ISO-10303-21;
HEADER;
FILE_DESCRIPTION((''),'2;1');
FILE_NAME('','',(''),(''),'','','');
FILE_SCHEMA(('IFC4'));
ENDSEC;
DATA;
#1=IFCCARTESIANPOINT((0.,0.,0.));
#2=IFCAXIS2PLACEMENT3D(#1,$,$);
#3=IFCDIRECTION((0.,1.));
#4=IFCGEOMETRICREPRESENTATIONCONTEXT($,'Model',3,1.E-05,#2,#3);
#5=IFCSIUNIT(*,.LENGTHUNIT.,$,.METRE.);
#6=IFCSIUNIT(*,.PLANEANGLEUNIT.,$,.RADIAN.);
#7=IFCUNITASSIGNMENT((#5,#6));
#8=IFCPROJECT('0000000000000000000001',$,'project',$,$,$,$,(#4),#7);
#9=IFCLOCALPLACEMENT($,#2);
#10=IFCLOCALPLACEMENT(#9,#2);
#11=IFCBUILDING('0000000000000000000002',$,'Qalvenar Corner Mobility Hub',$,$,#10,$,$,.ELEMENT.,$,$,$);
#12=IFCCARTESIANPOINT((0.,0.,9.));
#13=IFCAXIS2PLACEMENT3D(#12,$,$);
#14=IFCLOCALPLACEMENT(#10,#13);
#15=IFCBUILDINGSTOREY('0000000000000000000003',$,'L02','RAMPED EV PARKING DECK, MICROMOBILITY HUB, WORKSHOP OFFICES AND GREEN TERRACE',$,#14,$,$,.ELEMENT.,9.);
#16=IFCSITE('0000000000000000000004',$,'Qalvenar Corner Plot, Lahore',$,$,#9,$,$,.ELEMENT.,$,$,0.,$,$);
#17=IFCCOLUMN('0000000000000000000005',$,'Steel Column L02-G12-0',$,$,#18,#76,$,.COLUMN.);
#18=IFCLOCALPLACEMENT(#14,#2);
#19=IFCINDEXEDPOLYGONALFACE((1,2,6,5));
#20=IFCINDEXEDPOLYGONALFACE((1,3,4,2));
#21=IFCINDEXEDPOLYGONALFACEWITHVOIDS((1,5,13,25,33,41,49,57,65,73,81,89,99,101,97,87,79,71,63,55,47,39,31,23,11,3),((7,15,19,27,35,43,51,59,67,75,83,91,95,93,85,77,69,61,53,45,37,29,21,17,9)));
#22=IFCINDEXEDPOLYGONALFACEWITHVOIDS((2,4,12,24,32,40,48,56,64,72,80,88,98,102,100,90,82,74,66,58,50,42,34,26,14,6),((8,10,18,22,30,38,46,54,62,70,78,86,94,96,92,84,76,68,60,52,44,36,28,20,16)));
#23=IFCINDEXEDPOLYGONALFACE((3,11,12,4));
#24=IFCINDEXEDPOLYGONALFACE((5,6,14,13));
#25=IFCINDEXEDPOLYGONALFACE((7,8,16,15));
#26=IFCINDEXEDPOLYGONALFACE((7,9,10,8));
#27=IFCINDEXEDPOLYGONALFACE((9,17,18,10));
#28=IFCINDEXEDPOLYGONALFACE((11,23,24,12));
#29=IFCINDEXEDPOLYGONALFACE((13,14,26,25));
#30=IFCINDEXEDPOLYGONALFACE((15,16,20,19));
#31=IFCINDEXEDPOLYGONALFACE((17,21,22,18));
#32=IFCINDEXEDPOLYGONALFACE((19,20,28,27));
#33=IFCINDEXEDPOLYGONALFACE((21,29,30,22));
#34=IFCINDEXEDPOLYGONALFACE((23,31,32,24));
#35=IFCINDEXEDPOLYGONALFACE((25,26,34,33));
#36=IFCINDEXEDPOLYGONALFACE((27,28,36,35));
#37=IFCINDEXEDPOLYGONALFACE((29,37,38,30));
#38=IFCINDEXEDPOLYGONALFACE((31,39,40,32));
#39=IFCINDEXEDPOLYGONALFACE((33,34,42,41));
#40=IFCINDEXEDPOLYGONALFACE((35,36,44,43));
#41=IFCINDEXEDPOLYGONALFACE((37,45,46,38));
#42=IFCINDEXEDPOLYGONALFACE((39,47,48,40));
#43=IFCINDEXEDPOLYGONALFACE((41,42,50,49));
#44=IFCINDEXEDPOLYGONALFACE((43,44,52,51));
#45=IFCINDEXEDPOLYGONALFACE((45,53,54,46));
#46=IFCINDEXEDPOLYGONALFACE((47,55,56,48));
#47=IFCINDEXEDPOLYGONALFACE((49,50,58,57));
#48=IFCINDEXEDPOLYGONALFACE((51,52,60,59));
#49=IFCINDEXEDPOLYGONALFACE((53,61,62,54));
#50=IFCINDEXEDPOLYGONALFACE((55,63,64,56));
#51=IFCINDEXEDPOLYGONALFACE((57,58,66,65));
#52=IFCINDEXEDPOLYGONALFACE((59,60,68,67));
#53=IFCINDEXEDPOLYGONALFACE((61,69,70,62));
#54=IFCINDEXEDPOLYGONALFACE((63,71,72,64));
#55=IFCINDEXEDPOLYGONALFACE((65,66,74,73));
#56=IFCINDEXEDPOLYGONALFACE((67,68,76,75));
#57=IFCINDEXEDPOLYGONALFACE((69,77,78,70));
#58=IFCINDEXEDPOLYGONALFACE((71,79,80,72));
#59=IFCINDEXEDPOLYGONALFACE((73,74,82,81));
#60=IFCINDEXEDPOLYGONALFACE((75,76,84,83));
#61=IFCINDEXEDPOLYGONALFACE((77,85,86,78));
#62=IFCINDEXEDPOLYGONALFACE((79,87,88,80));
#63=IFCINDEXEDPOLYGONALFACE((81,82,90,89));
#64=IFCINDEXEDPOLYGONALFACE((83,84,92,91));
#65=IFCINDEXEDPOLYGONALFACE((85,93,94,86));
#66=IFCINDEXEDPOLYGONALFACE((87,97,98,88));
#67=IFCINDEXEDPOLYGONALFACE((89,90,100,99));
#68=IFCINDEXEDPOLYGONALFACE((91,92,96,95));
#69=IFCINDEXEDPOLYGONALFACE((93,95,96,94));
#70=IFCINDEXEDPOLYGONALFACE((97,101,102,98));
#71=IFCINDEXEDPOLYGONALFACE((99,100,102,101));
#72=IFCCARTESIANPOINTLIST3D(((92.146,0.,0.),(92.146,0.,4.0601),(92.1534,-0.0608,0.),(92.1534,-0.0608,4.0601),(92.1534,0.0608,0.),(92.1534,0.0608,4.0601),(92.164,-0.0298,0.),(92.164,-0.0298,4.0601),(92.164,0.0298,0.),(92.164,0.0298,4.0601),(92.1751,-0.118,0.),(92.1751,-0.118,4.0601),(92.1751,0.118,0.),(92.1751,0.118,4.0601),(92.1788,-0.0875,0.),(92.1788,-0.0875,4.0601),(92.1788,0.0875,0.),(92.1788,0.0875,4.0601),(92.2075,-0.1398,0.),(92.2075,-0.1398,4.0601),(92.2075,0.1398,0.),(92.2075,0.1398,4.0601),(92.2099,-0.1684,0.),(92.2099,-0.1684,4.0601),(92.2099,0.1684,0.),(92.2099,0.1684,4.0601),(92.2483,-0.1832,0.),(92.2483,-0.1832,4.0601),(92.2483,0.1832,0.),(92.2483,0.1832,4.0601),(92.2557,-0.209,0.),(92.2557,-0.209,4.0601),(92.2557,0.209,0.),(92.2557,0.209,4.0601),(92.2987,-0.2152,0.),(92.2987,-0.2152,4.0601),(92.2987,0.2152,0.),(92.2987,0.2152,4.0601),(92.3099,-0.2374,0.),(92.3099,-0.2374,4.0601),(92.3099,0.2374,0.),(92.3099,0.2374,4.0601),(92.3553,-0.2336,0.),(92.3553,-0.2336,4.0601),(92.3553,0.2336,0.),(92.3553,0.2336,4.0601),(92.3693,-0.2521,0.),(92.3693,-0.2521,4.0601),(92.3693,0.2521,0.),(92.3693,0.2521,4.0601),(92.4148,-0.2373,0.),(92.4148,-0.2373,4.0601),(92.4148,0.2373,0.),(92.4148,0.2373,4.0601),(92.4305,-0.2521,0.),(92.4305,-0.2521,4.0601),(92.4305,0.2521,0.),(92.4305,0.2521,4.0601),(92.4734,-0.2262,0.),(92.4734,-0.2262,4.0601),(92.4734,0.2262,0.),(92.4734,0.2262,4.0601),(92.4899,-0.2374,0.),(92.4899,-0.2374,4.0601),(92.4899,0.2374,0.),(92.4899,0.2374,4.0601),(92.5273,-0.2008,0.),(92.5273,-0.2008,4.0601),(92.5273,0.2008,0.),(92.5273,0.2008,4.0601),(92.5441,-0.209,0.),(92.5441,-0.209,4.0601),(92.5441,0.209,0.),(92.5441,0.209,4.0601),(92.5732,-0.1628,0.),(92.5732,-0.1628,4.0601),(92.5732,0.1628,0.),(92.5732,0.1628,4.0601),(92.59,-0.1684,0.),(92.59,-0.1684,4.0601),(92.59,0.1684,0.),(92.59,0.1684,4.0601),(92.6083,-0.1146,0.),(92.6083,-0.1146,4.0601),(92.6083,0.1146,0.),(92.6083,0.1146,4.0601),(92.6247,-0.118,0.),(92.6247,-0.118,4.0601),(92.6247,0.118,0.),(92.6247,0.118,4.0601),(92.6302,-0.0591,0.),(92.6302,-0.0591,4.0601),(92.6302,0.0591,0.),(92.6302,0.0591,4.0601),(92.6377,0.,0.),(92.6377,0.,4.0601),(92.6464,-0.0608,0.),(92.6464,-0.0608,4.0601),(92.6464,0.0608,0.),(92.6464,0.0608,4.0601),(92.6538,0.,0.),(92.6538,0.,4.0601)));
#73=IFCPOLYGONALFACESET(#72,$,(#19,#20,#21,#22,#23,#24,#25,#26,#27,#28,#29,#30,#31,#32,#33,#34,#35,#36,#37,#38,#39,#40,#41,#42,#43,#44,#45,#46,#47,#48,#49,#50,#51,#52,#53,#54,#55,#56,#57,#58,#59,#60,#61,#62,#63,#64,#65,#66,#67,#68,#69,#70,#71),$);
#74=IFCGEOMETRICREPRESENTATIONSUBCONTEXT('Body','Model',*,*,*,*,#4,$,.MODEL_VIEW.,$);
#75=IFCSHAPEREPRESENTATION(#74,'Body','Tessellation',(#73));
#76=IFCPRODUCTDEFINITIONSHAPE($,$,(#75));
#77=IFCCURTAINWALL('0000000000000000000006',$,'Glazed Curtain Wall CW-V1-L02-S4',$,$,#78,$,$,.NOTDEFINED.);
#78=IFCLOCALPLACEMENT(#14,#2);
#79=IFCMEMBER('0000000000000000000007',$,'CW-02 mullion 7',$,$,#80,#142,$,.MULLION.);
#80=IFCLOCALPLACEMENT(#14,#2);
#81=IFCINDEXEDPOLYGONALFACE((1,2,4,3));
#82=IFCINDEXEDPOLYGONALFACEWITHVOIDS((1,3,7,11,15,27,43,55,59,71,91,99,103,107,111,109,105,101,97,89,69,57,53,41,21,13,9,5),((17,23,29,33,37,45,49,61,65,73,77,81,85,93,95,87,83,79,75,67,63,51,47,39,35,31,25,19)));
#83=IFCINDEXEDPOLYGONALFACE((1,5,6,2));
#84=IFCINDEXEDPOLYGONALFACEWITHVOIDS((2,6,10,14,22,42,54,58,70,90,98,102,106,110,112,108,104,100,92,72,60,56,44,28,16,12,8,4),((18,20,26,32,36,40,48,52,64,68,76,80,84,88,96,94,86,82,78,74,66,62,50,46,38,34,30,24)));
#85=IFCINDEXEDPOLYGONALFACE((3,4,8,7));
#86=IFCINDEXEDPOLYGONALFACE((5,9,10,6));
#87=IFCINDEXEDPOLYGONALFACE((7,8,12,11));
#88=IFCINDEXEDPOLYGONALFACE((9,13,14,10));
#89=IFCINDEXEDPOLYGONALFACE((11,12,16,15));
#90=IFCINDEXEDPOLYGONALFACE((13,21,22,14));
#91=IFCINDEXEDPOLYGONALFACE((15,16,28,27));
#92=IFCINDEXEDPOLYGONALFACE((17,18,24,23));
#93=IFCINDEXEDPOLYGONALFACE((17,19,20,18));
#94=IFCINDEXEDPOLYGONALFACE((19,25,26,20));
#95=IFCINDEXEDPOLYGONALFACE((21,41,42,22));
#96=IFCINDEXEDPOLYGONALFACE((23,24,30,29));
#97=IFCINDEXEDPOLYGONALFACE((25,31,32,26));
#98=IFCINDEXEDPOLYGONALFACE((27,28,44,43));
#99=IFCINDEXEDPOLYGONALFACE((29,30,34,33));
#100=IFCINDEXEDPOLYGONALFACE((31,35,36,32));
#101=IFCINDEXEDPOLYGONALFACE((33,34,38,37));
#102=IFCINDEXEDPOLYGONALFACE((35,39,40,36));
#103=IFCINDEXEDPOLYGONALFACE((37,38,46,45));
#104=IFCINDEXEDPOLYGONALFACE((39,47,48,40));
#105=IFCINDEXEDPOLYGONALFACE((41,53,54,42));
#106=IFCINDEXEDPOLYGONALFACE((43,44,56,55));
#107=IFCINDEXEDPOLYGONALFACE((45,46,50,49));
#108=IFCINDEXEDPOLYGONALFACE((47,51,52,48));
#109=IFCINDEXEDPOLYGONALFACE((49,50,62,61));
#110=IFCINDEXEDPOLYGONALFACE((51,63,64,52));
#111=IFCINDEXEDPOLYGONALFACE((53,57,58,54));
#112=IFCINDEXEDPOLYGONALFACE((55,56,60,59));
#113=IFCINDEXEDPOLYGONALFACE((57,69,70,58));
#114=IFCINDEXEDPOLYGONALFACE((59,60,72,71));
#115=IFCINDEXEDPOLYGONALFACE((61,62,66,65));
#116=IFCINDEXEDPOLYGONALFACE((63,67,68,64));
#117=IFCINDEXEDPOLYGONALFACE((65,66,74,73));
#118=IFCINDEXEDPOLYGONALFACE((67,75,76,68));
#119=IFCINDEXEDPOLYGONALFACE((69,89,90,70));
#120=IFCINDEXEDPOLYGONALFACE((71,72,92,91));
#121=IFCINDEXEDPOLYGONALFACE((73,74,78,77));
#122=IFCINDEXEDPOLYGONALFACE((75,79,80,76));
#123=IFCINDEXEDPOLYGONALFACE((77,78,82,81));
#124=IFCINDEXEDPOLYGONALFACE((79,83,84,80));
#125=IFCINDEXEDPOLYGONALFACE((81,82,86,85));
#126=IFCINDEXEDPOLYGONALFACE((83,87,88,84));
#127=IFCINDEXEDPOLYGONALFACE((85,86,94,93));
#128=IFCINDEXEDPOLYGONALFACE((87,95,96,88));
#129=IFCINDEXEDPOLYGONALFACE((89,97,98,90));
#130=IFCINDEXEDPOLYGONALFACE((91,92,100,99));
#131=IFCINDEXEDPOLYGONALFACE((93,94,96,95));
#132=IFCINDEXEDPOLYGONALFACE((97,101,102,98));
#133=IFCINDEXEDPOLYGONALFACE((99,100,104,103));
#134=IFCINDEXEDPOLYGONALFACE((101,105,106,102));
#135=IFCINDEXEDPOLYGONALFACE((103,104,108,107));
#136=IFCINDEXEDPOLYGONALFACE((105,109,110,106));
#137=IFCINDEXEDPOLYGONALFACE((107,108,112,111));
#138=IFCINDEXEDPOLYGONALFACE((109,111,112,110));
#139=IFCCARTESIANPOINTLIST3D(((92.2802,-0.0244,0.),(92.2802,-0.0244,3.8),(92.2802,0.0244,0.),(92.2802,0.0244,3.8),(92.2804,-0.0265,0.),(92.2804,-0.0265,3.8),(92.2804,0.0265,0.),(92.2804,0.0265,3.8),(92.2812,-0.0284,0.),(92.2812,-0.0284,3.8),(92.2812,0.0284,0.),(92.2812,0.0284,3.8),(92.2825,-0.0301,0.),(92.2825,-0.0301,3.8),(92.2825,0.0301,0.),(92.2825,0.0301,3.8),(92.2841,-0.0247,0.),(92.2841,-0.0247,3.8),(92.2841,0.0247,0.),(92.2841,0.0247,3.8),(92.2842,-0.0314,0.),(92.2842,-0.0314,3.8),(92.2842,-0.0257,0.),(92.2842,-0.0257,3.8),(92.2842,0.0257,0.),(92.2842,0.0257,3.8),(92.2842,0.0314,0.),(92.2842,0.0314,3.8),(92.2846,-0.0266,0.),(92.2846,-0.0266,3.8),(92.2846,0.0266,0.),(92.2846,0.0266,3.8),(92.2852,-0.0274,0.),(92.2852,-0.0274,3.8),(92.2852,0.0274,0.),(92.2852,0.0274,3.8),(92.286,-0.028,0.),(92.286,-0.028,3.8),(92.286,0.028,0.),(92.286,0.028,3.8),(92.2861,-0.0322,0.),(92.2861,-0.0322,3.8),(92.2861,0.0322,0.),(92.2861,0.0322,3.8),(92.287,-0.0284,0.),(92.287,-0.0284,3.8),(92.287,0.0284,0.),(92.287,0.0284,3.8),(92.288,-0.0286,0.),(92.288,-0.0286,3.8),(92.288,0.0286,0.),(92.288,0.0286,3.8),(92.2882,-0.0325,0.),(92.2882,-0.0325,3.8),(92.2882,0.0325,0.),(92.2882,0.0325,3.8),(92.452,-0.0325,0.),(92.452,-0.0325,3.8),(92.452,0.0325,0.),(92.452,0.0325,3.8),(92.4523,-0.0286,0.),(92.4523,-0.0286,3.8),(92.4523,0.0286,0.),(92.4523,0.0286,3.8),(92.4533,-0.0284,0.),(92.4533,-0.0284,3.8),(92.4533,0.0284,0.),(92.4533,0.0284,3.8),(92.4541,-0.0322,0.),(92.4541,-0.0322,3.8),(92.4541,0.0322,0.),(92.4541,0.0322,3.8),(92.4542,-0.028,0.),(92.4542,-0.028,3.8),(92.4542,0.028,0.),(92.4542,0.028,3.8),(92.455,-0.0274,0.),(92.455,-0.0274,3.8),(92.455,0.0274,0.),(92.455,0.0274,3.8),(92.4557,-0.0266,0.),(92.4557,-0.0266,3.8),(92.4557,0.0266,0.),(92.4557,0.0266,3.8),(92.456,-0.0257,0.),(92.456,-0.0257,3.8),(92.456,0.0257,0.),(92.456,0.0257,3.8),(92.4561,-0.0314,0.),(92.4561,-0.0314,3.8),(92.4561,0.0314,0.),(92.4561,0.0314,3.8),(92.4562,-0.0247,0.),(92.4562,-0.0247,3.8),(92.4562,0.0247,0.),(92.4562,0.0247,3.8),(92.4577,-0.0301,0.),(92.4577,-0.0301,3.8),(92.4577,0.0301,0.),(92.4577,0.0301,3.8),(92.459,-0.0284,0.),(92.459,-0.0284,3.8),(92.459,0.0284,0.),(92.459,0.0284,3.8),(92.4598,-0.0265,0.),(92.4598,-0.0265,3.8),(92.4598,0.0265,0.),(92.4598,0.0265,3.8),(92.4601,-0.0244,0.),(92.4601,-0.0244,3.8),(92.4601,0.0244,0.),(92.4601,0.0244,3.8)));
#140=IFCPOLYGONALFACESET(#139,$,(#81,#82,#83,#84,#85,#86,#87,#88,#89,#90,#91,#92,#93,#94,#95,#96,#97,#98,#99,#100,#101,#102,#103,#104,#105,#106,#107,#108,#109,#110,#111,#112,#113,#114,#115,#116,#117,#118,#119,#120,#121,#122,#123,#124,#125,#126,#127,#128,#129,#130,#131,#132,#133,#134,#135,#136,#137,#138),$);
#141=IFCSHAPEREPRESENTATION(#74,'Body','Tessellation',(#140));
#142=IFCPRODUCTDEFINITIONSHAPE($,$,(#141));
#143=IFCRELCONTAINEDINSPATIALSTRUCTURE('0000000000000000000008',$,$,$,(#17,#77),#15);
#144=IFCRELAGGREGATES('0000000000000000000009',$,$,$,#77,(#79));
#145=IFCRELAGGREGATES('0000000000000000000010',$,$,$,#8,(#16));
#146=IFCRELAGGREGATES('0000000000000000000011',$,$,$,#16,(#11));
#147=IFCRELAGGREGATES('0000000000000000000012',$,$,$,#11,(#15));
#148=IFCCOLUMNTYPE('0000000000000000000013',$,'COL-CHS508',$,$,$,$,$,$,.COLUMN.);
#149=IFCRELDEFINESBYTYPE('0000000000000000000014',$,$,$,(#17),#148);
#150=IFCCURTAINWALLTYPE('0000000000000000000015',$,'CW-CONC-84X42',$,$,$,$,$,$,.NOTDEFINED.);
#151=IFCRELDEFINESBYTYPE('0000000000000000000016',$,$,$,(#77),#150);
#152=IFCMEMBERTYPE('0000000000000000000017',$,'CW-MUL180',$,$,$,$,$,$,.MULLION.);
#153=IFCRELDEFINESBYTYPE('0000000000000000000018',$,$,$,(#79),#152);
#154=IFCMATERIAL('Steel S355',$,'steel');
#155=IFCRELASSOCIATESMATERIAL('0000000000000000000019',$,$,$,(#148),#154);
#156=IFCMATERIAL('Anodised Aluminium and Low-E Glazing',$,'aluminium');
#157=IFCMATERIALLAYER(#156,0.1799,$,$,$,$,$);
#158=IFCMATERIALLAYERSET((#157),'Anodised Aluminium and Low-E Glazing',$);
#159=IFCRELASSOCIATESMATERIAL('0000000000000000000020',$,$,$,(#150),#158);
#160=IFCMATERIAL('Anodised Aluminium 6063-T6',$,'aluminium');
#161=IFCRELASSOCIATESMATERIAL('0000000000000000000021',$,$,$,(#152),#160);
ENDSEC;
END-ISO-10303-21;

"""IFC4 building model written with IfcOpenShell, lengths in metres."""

from ifc_helpers import new_model, si_unit, direction, frame, origin, origin_2d, place, context, subcontext, project, spatial, hollow_rectangle, hollow_circle, extrude, material, layer, layer_set, material_profile, profile_set, type_object, element, aggregate, save


model = new_model("IFC4")

# Units and contexts
model_context = context("Model", 3, precision=1e-05, world=origin(), true_north=direction((0.0, 1.0)))
body_context = subcontext(model_context, "Body", "Model", "MODEL_VIEW")
ifc_project = project(units=[si_unit("LENGTHUNIT", "METRE"), si_unit("PLANEANGLEUNIT", "RADIAN")], contexts=[model_context])

# Site, building, storey
site_placement = place(None, origin())
site = spatial("IfcSite", under=ifc_project, at=site_placement, Name="Qalvenar Corner Plot, Lahore", CompositionType="ELEMENT", RefElevation=0.0)
building_placement = place(site_placement, origin())
building = spatial("IfcBuilding", under=site, at=building_placement, Name="Qalvenar Corner Mobility Hub", CompositionType="ELEMENT")
storey_placement = place(building_placement, frame((0.0, 0.0, 9.0)))
storey = spatial("IfcBuildingStorey", under=building, at=storey_placement, Name="L02", Description="RAMPED EV PARKING DECK, MICROMOBILITY HUB, WORKSHOP OFFICES AND GREEN TERRACE", CompositionType="ELEMENT", Elevation=9.0)

# Column
ifc_material_1 = material(Name="Steel S355", Category="steel")
ifc_material_profile_1 = material_profile(ifc_material_1, hollow_circle(Radius=0.2539, WallThickness=0.0161, at=origin_2d()), Name="CHS508x16")
ifc_profile_set_1 = profile_set([ifc_material_profile_1], Name="Steel S355")
column_type = type_object("IfcColumnType", Name="COL-CHS508", PredefinedType="COLUMN", material=ifc_profile_set_1)
column_placement = place(storey_placement, frame((92.3999, 0.0, 0.0), z_axis=(0.0, 0.0, 1.0), x_axis=(1.0, 0.0, 0.0)))
element("IfcColumn", 1, at=column_placement, inside=storey, type_object=column_type, Name="Steel Column L02-G12-0", PredefinedType="COLUMN", context=body_context, shape_type="SweptSolid", body=[
    extrude(hollow_circle(Radius=0.2539, WallThickness=0.0161, at=origin_2d()), origin(), (0.0, 0.0, 1.0), 4.0601),
])

# Curtain wall, member
ifc_material_2 = material(Name="Anodised Aluminium and Low-E Glazing", Category="aluminium")
ifc_layer_1 = layer(ifc_material_2, 0.1799)
ifc_layer_set_1 = layer_set([ifc_layer_1], Name="Anodised Aluminium and Low-E Glazing")
curtain_wall_type = type_object("IfcCurtainWallType", Name="CW-CONC-84X42", PredefinedType="NOTDEFINED", material=ifc_layer_set_1)
curtain_wall_1_placement = place(storey_placement, origin())
curtain_wall_1 = element("IfcCurtainWall", 2, at=curtain_wall_1_placement, inside=storey, type_object=curtain_wall_type, Name="Glazed Curtain Wall CW-V1-L02-S4", PredefinedType="NOTDEFINED")
ifc_material_3 = material(Name="Anodised Aluminium 6063-T6", Category="aluminium")
ifc_material_profile_2 = material_profile(ifc_material_3, hollow_rectangle(XDim=0.0649, YDim=0.1799, WallThickness=0.0039, InnerFilletRadius=0.0039, OuterFilletRadius=0.0081, at=origin_2d()), Name="RHS180x65x4")
ifc_profile_set_2 = profile_set([ifc_material_profile_2], Name="Anodised Aluminium 6063-T6")
member_type_1 = type_object("IfcMemberType", Name="CW-MUL180", PredefinedType="MULLION", material=ifc_profile_set_2)
member_1_placement = place(storey_placement, frame((92.3701, 0.0, 0.0), z_axis=(0.0, 0.0, 1.0), x_axis=(0.0, 1.0, 0.0)))
member_1 = element("IfcMember", 3, at=member_1_placement, type_object=member_type_1, Name="CW-02 mullion 7", PredefinedType="MULLION", context=body_context, shape_type="SweptSolid", body=[
    extrude(hollow_rectangle(XDim=0.0649, YDim=0.1799, WallThickness=0.0039, InnerFilletRadius=0.0039, OuterFilletRadius=0.0081, at=origin_2d()), origin(), (0.0, 0.0, 1.0), 3.8),
])

aggregate(curtain_wall_1, [member_1])

save(model, "model.ifc")
